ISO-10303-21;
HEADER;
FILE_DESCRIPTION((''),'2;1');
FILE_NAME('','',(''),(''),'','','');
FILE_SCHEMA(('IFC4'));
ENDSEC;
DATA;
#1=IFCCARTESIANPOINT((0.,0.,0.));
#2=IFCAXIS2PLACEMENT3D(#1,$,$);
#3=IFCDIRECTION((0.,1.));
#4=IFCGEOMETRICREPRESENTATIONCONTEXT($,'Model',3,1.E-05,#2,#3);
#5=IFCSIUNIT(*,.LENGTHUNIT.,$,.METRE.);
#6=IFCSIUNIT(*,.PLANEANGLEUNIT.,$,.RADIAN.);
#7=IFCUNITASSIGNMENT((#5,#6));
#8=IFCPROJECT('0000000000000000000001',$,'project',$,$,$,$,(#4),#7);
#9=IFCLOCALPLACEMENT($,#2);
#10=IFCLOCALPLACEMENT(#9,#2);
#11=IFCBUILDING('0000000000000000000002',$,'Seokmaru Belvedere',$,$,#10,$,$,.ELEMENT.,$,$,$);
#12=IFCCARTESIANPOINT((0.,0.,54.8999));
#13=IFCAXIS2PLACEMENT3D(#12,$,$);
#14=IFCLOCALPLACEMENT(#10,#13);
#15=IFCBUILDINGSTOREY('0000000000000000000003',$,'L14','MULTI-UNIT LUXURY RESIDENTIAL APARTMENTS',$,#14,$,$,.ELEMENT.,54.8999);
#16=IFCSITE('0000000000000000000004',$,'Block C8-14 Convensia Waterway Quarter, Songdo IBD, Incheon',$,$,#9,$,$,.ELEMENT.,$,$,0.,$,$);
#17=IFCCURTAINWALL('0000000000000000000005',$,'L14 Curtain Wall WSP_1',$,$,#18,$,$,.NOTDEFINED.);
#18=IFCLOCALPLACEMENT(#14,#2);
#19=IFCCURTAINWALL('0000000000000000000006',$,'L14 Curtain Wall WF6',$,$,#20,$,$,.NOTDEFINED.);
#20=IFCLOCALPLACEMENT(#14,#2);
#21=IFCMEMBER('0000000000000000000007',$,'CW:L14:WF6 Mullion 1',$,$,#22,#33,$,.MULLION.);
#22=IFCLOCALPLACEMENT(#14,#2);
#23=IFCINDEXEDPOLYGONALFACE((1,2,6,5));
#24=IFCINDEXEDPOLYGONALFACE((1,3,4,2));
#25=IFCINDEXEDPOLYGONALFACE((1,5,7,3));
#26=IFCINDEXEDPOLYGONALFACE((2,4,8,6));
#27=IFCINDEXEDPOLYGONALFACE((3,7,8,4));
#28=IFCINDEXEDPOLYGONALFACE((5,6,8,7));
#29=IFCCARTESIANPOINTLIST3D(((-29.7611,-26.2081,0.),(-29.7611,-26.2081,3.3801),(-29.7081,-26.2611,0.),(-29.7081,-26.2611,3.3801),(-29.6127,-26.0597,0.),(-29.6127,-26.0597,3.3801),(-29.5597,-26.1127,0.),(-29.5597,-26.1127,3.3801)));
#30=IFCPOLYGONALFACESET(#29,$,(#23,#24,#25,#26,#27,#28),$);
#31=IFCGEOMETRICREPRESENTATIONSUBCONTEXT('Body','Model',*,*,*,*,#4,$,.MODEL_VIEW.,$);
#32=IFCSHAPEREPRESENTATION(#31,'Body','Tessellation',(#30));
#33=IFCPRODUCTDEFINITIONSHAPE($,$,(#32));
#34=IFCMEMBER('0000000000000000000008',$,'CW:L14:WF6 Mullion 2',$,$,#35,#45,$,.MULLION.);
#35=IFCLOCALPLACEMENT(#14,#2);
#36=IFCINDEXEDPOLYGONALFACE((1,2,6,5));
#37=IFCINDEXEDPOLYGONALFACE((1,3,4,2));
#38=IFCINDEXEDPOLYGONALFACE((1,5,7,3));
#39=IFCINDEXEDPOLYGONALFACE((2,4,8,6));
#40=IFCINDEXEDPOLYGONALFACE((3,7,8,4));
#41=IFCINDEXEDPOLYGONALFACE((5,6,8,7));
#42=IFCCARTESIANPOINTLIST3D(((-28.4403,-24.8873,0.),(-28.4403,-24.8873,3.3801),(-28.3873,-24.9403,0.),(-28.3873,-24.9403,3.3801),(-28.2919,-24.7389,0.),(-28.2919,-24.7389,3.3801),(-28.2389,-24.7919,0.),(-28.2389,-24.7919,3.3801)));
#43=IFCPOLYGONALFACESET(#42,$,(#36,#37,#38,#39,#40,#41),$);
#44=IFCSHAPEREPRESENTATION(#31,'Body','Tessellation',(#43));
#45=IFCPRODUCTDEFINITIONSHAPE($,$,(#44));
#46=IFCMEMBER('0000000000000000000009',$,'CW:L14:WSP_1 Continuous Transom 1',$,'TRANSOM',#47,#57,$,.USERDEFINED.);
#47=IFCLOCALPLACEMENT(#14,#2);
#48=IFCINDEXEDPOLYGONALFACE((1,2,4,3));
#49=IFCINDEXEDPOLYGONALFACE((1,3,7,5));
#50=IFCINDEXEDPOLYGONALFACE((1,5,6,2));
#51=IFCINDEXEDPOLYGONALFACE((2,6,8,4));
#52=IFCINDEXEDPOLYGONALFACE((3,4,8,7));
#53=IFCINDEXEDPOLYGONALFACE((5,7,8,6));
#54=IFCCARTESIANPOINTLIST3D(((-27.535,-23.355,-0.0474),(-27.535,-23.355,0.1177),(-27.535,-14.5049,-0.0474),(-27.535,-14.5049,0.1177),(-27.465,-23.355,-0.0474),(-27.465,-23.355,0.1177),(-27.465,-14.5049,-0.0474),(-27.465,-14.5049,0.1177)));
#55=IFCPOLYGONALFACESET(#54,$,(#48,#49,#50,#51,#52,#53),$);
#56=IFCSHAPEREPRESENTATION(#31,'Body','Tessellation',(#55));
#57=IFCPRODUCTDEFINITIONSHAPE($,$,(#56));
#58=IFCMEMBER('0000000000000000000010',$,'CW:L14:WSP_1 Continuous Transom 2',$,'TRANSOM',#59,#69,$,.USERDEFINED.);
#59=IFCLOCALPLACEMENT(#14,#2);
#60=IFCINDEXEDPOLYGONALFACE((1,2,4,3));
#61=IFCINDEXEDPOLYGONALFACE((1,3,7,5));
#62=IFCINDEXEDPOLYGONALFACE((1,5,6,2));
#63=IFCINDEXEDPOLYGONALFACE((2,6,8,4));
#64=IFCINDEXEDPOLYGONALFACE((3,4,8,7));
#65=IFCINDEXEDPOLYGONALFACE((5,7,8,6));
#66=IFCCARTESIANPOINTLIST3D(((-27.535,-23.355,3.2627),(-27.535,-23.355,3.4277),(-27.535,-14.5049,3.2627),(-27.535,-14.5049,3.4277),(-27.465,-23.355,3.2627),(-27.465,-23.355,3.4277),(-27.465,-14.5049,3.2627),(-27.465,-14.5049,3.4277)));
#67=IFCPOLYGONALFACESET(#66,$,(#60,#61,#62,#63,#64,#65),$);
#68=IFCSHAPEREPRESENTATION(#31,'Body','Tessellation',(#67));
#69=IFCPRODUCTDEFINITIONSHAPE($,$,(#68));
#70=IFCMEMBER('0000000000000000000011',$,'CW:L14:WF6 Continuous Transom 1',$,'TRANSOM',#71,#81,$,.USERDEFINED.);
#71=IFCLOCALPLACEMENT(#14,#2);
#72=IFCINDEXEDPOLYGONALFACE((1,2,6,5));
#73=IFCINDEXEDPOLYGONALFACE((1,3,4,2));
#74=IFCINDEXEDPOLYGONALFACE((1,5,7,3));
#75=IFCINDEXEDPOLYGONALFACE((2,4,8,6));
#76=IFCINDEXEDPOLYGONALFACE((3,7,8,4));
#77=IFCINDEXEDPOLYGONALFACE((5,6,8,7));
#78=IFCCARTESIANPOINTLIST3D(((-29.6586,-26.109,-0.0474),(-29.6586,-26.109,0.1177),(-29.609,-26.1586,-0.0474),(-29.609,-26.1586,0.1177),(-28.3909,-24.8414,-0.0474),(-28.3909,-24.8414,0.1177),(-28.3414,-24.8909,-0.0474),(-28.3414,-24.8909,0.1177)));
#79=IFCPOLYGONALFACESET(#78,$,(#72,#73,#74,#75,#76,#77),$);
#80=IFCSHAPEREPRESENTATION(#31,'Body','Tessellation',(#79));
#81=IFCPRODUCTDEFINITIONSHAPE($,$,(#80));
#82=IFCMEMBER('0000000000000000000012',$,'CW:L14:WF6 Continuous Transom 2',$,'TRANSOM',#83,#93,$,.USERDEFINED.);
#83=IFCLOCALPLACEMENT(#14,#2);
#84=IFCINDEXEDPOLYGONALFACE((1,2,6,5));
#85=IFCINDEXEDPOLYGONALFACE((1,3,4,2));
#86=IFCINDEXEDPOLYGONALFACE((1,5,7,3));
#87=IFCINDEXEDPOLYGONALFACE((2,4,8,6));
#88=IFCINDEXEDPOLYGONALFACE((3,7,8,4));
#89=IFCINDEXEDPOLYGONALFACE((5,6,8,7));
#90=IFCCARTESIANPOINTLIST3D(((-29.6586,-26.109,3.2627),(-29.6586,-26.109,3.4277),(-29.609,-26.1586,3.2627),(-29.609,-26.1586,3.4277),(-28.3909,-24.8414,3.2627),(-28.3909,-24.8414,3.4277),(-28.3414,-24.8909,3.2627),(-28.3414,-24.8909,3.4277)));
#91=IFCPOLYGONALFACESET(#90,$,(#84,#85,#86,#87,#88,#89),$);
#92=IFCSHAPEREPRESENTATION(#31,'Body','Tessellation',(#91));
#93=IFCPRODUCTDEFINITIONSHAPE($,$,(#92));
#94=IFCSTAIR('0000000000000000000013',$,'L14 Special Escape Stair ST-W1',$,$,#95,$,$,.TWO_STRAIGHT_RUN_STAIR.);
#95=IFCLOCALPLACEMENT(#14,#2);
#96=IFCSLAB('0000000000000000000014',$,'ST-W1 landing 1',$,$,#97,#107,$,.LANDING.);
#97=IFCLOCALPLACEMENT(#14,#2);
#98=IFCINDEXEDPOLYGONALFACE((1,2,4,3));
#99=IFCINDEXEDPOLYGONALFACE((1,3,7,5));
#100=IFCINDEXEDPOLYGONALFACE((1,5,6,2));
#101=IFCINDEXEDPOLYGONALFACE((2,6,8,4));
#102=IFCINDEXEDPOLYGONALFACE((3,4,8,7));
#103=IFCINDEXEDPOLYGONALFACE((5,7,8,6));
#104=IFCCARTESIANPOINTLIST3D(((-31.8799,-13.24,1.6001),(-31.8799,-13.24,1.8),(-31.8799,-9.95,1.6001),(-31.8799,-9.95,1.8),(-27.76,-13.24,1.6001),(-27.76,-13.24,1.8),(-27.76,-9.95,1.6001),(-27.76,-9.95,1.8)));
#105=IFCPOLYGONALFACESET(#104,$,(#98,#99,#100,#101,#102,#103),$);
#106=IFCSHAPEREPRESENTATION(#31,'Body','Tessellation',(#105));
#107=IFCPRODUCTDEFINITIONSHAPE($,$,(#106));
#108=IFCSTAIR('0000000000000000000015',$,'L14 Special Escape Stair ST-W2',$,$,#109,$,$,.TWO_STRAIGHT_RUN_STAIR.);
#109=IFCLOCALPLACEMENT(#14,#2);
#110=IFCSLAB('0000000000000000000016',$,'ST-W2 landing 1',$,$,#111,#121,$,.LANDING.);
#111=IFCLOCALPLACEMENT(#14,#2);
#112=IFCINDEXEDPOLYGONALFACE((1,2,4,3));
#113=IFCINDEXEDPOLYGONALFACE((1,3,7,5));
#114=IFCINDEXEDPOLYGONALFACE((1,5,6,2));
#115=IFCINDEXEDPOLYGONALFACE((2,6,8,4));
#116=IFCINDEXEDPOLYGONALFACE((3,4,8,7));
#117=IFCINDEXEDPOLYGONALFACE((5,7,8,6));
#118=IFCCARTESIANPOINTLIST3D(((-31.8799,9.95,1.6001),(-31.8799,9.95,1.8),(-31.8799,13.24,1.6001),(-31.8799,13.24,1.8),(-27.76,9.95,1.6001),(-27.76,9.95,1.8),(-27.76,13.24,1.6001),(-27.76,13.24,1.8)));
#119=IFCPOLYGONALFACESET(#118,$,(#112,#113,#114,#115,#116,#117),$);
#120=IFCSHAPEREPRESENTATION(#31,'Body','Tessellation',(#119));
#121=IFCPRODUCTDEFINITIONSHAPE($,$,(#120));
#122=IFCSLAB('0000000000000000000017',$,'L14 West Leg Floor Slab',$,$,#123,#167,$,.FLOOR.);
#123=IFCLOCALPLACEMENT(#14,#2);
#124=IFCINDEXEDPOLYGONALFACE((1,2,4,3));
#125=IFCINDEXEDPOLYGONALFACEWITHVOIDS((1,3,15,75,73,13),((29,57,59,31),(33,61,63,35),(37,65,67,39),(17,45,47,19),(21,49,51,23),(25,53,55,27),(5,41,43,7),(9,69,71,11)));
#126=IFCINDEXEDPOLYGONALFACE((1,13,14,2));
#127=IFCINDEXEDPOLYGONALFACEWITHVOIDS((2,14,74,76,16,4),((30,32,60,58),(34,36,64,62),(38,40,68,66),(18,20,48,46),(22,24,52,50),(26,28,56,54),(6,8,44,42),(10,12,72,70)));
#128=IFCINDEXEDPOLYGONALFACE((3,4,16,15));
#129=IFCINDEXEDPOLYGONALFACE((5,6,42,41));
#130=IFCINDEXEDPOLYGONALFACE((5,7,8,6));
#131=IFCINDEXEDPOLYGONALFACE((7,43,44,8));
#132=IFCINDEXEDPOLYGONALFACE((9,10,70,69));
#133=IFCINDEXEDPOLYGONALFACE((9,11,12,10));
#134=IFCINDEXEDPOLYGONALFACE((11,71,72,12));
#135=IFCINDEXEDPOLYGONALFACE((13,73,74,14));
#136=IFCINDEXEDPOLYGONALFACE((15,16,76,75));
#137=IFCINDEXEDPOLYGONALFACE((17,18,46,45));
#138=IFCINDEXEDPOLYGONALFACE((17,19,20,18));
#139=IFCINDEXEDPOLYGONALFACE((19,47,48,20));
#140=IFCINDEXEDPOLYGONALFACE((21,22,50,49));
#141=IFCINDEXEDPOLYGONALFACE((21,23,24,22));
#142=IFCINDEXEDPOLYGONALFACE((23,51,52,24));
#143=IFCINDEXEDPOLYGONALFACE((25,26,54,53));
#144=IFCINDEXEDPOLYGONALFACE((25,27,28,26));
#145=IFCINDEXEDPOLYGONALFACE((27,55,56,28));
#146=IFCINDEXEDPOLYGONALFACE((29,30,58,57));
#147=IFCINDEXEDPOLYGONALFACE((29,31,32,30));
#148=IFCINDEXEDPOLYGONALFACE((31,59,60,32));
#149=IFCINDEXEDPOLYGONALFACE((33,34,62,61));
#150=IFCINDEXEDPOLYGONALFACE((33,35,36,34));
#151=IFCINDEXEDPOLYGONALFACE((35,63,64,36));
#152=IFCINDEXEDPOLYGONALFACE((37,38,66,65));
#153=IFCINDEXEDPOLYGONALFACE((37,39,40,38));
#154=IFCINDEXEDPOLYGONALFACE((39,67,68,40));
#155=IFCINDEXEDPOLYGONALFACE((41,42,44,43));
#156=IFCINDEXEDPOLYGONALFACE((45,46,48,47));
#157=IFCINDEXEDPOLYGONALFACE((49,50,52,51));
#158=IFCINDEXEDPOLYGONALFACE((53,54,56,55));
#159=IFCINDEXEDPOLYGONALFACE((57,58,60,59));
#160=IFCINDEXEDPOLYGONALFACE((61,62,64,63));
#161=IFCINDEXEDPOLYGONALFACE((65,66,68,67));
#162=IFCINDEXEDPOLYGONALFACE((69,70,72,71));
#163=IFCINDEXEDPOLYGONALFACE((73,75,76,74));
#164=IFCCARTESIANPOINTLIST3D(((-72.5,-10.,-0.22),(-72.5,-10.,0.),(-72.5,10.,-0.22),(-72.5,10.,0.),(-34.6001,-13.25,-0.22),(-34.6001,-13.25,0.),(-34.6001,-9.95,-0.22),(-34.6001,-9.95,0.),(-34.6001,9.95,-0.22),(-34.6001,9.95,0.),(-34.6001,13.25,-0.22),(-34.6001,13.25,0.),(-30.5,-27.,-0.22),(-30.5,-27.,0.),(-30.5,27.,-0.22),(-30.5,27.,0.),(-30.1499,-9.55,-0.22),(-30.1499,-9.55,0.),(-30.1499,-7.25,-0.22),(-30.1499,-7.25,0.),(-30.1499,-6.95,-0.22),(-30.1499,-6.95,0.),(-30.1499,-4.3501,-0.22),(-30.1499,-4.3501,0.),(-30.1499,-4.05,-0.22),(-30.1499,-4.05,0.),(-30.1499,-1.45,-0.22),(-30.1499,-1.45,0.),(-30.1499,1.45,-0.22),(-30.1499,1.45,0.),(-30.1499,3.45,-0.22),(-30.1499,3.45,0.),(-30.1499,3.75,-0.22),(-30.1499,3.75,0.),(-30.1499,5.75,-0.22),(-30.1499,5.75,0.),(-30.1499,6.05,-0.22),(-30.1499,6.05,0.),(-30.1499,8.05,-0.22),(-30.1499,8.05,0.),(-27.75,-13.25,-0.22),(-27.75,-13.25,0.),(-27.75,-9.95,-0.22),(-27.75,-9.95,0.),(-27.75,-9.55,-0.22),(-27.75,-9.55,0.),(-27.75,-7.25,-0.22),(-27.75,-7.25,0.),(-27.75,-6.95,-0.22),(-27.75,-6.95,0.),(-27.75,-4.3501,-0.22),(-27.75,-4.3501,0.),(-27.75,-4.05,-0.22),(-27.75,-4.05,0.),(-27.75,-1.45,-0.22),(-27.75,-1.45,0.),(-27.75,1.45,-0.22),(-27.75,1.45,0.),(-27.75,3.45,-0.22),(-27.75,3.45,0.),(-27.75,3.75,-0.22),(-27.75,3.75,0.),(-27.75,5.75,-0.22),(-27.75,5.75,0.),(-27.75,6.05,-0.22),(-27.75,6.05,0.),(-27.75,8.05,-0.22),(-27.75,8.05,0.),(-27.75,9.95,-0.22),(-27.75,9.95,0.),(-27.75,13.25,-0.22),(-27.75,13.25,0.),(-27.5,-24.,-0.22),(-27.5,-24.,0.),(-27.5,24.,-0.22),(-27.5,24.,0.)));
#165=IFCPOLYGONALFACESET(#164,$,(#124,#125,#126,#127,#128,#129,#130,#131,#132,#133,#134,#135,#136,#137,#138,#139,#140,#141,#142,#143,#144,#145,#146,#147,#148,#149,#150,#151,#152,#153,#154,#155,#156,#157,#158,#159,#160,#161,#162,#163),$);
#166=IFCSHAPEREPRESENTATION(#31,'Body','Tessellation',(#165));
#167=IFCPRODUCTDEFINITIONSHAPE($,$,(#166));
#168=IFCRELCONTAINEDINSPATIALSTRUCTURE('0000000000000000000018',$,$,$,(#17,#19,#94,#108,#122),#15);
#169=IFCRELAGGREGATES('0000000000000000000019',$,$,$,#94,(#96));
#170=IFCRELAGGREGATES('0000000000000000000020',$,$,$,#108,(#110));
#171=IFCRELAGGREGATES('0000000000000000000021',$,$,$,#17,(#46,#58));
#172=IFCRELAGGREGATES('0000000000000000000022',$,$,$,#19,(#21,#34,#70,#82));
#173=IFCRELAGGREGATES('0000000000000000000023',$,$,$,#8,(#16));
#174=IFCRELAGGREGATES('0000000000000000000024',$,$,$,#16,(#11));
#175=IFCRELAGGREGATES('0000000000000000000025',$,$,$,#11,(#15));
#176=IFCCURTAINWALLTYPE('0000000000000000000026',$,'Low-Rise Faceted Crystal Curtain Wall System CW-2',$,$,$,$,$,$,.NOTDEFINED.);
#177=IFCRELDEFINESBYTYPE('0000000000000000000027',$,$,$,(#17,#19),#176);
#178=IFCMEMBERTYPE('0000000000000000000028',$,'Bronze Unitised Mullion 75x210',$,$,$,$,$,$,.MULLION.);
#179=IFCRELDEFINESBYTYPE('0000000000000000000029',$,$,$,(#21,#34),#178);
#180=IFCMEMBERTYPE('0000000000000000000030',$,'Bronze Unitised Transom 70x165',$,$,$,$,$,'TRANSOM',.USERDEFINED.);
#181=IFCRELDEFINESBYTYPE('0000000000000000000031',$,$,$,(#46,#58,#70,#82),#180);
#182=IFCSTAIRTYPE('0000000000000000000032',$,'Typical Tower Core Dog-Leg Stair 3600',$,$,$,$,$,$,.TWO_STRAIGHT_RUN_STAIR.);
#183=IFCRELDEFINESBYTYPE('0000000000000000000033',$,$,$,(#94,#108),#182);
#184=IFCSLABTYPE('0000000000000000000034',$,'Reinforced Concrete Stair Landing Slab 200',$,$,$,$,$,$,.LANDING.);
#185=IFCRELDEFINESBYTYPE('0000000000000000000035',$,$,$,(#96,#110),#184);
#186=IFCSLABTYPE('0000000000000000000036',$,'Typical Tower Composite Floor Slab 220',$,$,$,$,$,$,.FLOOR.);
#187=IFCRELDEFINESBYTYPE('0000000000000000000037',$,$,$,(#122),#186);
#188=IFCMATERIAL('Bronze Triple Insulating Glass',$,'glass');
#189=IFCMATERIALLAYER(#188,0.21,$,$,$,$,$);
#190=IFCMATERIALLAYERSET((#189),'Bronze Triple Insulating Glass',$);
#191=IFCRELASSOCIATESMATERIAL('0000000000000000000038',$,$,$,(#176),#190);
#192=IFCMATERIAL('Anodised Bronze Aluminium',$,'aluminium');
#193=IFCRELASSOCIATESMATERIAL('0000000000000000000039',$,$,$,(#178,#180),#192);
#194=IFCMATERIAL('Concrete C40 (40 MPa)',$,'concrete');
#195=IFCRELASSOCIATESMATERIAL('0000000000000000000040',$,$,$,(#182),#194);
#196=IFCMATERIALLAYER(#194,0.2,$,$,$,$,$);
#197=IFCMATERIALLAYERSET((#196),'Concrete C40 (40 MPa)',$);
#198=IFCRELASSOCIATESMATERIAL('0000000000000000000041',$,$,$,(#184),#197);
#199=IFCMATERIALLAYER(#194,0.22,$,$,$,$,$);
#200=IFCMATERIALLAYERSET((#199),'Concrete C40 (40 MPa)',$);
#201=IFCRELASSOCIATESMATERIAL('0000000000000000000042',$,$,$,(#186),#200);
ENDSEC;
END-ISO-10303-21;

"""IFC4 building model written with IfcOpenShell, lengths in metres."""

from ifc_helpers import new_model, si_unit, direction, frame, origin, origin_2d, place, context, subcontext, project, spatial, polyline, rectangle, outline, extrude, source, transform, mapped, material, layer, layer_set, material_profile, profile_set, type_object, type_shapes, element, aggregate, save


model = new_model("IFC4")

# Units and contexts
model_context = context("Model", 3, precision=1e-05, world=origin(), true_north=direction((0.0, 1.0)))
body_context = subcontext(model_context, "Body", "Model", "MODEL_VIEW")
ifc_project = project(units=[si_unit("LENGTHUNIT", "METRE"), si_unit("PLANEANGLEUNIT", "RADIAN")], contexts=[model_context])

# Site, building, storey
site_placement = place(None, origin())
site = spatial("IfcSite", under=ifc_project, at=site_placement, Name="Block C8-14 Convensia Waterway Quarter, Songdo IBD, Incheon", CompositionType="ELEMENT", RefElevation=0.0)
building_placement = place(site_placement, origin())
building = spatial("IfcBuilding", under=site, at=building_placement, Name="Seokmaru Belvedere", CompositionType="ELEMENT")
storey_placement = place(building_placement, frame((0.0, 0.0, 54.8999)))
storey = spatial("IfcBuildingStorey", under=building, at=storey_placement, Name="L14", Description="MULTI-UNIT LUXURY RESIDENTIAL APARTMENTS", CompositionType="ELEMENT", Elevation=54.8999)

# Curtain walls, members
ifc_material_1 = material(Name="Bronze Triple Insulating Glass", Category="glass")
ifc_layer_1 = layer(ifc_material_1, 0.21)
ifc_layer_set_1 = layer_set([ifc_layer_1], Name="Bronze Triple Insulating Glass")
curtain_wall_type = type_object("IfcCurtainWallType", Name="Low-Rise Faceted Crystal Curtain Wall System CW-2", PredefinedType="NOTDEFINED", material=ifc_layer_set_1)
curtain_wall_1_placement = place(storey_placement, origin())
curtain_wall_1 = element("IfcCurtainWall", 1, at=curtain_wall_1_placement, inside=storey, type_object=curtain_wall_type, Name="L14 Curtain Wall WSP_1", PredefinedType="NOTDEFINED")
ifc_material_2 = material(Name="Anodised Bronze Aluminium", Category="aluminium")
ifc_material_profile_1 = material_profile(ifc_material_2, rectangle(XDim=0.075, YDim=0.21, at=origin_2d()), Name="CW-M-75x210")
ifc_profile_set_1 = profile_set([ifc_material_profile_1], Name="Anodised Bronze Aluminium")
member_type_1 = type_object("IfcMemberType", Name="Bronze Unitised Mullion 75x210", PredefinedType="MULLION", material=ifc_profile_set_1)
shared_shape_1 = source(origin(), body_context, "Body", "SweptSolid", [
    extrude(rectangle(XDim=0.075, YDim=0.21, at=origin_2d()), origin(), (0.0, 0.0, 1.0), 3.3801),
])
type_shapes(member_type_1, [shared_shape_1])
curtain_wall_2_placement = place(storey_placement, origin())
curtain_wall_2 = element("IfcCurtainWall", 2, at=curtain_wall_2_placement, inside=storey, type_object=curtain_wall_type, Name="L14 Curtain Wall WF6", PredefinedType="NOTDEFINED")
member_1_placement = place(storey_placement, frame((-29.6604, -26.1604, 0.0), z_axis=(0.0, 0.0, 1.0), x_axis=(-0.707107, 0.707107, 0.0)))
member_1 = element("IfcMember", 3, at=member_1_placement, type_object=member_type_1, Name="CW:L14:WF6 Mullion 1", PredefinedType="MULLION", context=body_context, shape_type="MappedRepresentation", body=[
    mapped(shared_shape_1, transform((0.0, 0.0, 0.0), scale=1.0)),
])
member_2_placement = place(storey_placement, frame((-28.3396, -24.8396, 0.0), z_axis=(0.0, 0.0, 1.0), x_axis=(-0.707107, 0.707107, 0.0)))
member_2 = element("IfcMember", 4, at=member_2_placement, type_object=member_type_1, Name="CW:L14:WF6 Mullion 2", PredefinedType="MULLION", context=body_context, shape_type="MappedRepresentation", body=[
    mapped(shared_shape_1, transform((0.0, 0.0, 0.0), scale=1.0)),
])

# Members
ifc_material_profile_2 = material_profile(ifc_material_2, rectangle(XDim=0.0701, YDim=0.165, at=origin_2d()), Name="CW-T-70x165")
ifc_profile_set_2 = profile_set([ifc_material_profile_2], Name="Anodised Bronze Aluminium")
member_type_2 = type_object("IfcMemberType", Name="Bronze Unitised Transom 70x165", ElementType="TRANSOM", PredefinedType="USERDEFINED", material=ifc_profile_set_2)
shared_shape_2 = source(origin(), body_context, "Body", "SweptSolid", [
    extrude(rectangle(XDim=0.0701, YDim=0.165, at=origin_2d()), origin(), (0.0, 0.0, 1.0), 8.8501),
])
member_3_placement = place(storey_placement, frame((-27.5, -23.355, 0.0352), z_axis=(0.0, 1.0, 0.0), x_axis=(-1.0, 0.0, 0.0)))
member_3 = element("IfcMember", 5, at=member_3_placement, type_object=member_type_2, Name="CW:L14:WSP_1 Continuous Transom 1", ObjectType="TRANSOM", PredefinedType="USERDEFINED", context=body_context, shape_type="MappedRepresentation", body=[
    mapped(shared_shape_2, transform((0.0, 0.0, 0.0), scale=1.0)),
])
member_4_placement = place(storey_placement, frame((-27.5, -23.355, 3.3452), z_axis=(0.0, 1.0, 0.0), x_axis=(-1.0, 0.0, 0.0)))
member_4 = element("IfcMember", 6, at=member_4_placement, type_object=member_type_2, Name="CW:L14:WSP_1 Continuous Transom 2", ObjectType="TRANSOM", PredefinedType="USERDEFINED", context=body_context, shape_type="MappedRepresentation", body=[
    mapped(shared_shape_2, transform((0.0, 0.0, 0.0), scale=1.0)),
])
shared_shape_3 = source(origin(), body_context, "Body", "SweptSolid", [
    extrude(rectangle(XDim=0.0701, YDim=0.165, at=origin_2d()), origin(), (0.0, 0.0, 1.0), 1.7927),
])
type_shapes(member_type_2, [shared_shape_2, shared_shape_3])
member_5_placement = place(storey_placement, frame((-29.6338, -26.1338, 0.0352), z_axis=(0.707107, 0.707107, 0.0), x_axis=(-0.707107, 0.707107, 0.0)))
member_5 = element("IfcMember", 7, at=member_5_placement, type_object=member_type_2, Name="CW:L14:WF6 Continuous Transom 1", ObjectType="TRANSOM", PredefinedType="USERDEFINED", context=body_context, shape_type="MappedRepresentation", body=[
    mapped(shared_shape_3, transform((0.0, 0.0, 0.0), scale=1.0)),
])
member_6_placement = place(storey_placement, frame((-29.6338, -26.1338, 3.3452), z_axis=(0.707107, 0.707107, 0.0), x_axis=(-0.707107, 0.707107, 0.0)))
member_6 = element("IfcMember", 8, at=member_6_placement, type_object=member_type_2, Name="CW:L14:WF6 Continuous Transom 2", ObjectType="TRANSOM", PredefinedType="USERDEFINED", context=body_context, shape_type="MappedRepresentation", body=[
    mapped(shared_shape_3, transform((0.0, 0.0, 0.0), scale=1.0)),
])

# Stairs, slabs
ifc_material_3 = material(Name="Concrete C40 (40 MPa)", Category="concrete")
stair_type = type_object("IfcStairType", Name="Typical Tower Core Dog-Leg Stair 3600", PredefinedType="TWO_STRAIGHT_RUN_STAIR", material=ifc_material_3)
stair_1_placement = place(storey_placement, origin())
stair_1 = element("IfcStair", 9, at=stair_1_placement, inside=storey, type_object=stair_type, Name="L14 Special Escape Stair ST-W1", PredefinedType="TWO_STRAIGHT_RUN_STAIR")
ifc_layer_2 = layer(ifc_material_3, 0.2)
ifc_layer_set_2 = layer_set([ifc_layer_2], Name="Concrete C40 (40 MPa)")
slab_type_1 = type_object("IfcSlabType", Name="Reinforced Concrete Stair Landing Slab 200", PredefinedType="LANDING", material=ifc_layer_set_2)
slab_1_placement = place(storey_placement, frame((0.0, 0.0, 1.6001)))
slab_1 = element("IfcSlab", 10, at=slab_1_placement, type_object=slab_type_1, Name="ST-W1 landing 1", PredefinedType="LANDING", context=body_context, shape_type="SweptSolid", body=[
    extrude(outline(polyline([(-31.8799, -13.24), (-27.76, -13.24), (-27.76, -9.95), (-31.8799, -9.95), (-31.8799, -13.24)])), origin(), (0.0, 0.0, 1.0), 0.2),
])
aggregate(stair_1, [slab_1])
stair_2_placement = place(storey_placement, origin())
stair_2 = element("IfcStair", 11, at=stair_2_placement, inside=storey, type_object=stair_type, Name="L14 Special Escape Stair ST-W2", PredefinedType="TWO_STRAIGHT_RUN_STAIR")
slab_2_placement = place(storey_placement, frame((0.0, 0.0, 1.6001)))
slab_2 = element("IfcSlab", 12, at=slab_2_placement, type_object=slab_type_1, Name="ST-W2 landing 1", PredefinedType="LANDING", context=body_context, shape_type="SweptSolid", body=[
    extrude(outline(polyline([(-31.8799, 9.95), (-27.76, 9.95), (-27.76, 13.24), (-31.8799, 13.24), (-31.8799, 9.95)])), origin(), (0.0, 0.0, 1.0), 0.2),
])
aggregate(stair_2, [slab_2])

# Slab
ifc_layer_3 = layer(ifc_material_3, 0.22)
ifc_layer_set_3 = layer_set([ifc_layer_3], Name="Concrete C40 (40 MPa)")
slab_type_2 = type_object("IfcSlabType", Name="Typical Tower Composite Floor Slab 220", PredefinedType="FLOOR", material=ifc_layer_set_3)
slab_3_placement = place(storey_placement, frame((0.0, 0.0, -0.22)))
element("IfcSlab", 13, at=slab_3_placement, inside=storey, type_object=slab_type_2, Name="L14 West Leg Floor Slab", PredefinedType="FLOOR", context=body_context, shape_type="SweptSolid", body=[
    extrude(outline(polyline([(-27.5, -24.0), (-27.5, 24.0), (-30.5, 27.0), (-72.5, 10.0), (-72.5, -10.0), (-30.5, -27.0), (-27.5, -24.0)]), holes=[polyline([(-34.6001, -13.25), (-27.75, -13.25), (-27.75, -9.95), (-34.6001, -9.95), (-34.6001, -13.25)]), polyline([(-34.6001, 9.95), (-27.75, 9.95), (-27.75, 13.25), (-34.6001, 13.25), (-34.6001, 9.95)]), polyline([(-30.1499, -9.55), (-27.75, -9.55), (-27.75, -7.25), (-30.1499, -7.25), (-30.1499, -9.55)]), polyline([(-30.1499, -6.95), (-27.75, -6.95), (-27.75, -4.3501), (-30.1499, -4.3501), (-30.1499, -6.95)]), polyline([(-30.1499, -4.05), (-27.75, -4.05), (-27.75, -1.45), (-30.1499, -1.45), (-30.1499, -4.05)]), polyline([(-30.1499, 1.45), (-27.75, 1.45), (-27.75, 3.45), (-30.1499, 3.45), (-30.1499, 1.45)]), polyline([(-30.1499, 3.75), (-27.75, 3.75), (-27.75, 5.75), (-30.1499, 5.75), (-30.1499, 3.75)]), polyline([(-30.1499, 6.05), (-27.75, 6.05), (-27.75, 8.05), (-30.1499, 8.05), (-30.1499, 6.05)])]), origin(), (0.0, 0.0, 1.0), 0.22),
])

aggregate(curtain_wall_1, [member_3, member_4])
aggregate(curtain_wall_2, [member_1, member_2, member_5, member_6])

save(model, "model.ifc")
